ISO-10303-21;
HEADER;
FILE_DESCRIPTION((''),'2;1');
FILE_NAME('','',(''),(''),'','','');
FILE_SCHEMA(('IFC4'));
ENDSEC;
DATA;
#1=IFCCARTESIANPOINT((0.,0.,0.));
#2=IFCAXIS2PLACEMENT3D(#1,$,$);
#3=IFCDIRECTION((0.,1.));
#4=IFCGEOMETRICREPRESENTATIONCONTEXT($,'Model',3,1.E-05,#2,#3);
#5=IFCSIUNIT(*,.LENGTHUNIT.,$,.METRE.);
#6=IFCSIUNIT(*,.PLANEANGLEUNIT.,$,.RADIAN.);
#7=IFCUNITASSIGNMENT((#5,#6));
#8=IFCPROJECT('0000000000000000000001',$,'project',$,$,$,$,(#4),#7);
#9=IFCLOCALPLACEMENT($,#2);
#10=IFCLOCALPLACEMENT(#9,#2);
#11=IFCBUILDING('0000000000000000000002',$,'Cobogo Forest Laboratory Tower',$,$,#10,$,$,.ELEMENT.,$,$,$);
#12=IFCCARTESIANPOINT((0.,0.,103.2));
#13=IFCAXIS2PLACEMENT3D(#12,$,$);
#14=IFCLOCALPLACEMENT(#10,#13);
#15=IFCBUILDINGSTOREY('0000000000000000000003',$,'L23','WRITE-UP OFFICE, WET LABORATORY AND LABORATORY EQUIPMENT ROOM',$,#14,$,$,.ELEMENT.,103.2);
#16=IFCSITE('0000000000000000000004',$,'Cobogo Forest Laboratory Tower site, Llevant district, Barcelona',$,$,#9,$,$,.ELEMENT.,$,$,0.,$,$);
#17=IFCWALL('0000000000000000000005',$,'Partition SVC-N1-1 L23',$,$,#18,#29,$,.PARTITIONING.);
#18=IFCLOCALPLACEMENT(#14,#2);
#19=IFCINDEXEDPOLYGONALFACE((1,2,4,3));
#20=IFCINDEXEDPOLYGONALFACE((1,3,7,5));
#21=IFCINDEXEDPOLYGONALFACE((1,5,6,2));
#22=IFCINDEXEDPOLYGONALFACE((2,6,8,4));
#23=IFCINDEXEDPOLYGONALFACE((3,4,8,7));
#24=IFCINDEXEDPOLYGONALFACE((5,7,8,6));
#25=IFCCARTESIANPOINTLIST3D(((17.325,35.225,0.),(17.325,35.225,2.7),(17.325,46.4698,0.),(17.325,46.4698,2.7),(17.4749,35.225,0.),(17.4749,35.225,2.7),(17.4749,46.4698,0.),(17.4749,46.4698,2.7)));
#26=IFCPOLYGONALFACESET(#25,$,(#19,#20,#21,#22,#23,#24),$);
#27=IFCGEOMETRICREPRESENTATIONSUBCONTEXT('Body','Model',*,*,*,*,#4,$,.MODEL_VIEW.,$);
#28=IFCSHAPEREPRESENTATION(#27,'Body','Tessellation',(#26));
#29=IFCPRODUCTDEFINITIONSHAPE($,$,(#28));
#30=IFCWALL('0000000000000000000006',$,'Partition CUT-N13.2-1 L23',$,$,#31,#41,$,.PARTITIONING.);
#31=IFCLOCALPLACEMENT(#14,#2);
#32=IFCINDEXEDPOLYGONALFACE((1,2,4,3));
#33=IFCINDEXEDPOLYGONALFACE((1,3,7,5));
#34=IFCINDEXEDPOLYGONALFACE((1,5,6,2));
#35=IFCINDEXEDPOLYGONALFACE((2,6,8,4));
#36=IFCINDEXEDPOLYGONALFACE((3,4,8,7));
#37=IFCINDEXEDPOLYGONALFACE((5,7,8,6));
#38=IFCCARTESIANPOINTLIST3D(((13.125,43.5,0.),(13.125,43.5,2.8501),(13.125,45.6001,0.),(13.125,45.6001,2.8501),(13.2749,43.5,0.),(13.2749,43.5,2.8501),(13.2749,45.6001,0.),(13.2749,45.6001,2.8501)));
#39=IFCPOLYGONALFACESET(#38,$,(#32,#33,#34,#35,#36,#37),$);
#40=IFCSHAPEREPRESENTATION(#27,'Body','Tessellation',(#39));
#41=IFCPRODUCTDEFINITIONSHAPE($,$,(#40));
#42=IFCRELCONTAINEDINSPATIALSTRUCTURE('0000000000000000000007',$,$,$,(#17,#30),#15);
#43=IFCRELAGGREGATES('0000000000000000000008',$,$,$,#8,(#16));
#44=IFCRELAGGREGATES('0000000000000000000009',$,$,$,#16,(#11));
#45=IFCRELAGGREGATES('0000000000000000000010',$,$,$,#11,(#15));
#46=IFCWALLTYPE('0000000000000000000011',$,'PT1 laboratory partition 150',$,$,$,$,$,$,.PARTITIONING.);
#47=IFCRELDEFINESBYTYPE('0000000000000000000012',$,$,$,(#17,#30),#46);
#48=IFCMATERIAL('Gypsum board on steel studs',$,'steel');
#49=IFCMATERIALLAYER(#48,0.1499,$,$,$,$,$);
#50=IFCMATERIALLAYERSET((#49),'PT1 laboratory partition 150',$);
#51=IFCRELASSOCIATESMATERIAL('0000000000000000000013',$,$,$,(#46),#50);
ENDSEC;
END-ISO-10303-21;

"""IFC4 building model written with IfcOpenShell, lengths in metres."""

from ifc_helpers import new_model, si_unit, direction, frame, frame_2d, origin, place, context, subcontext, project, spatial, rectangle, extrude, material, layer, layer_set, type_object, element, save


model = new_model("IFC4")

# Units and contexts
model_context = context("Model", 3, precision=1e-05, world=origin(), true_north=direction((0.0, 1.0)))
body_context = subcontext(model_context, "Body", "Model", "MODEL_VIEW")
ifc_project = project(units=[si_unit("LENGTHUNIT", "METRE"), si_unit("PLANEANGLEUNIT", "RADIAN")], contexts=[model_context])

# Site, building, storey
site_placement = place(None, origin())
site = spatial("IfcSite", under=ifc_project, at=site_placement, Name="Cobogo Forest Laboratory Tower site, Llevant district, Barcelona", CompositionType="ELEMENT", RefElevation=0.0)
building_placement = place(site_placement, origin())
building = spatial("IfcBuilding", under=site, at=building_placement, Name="Cobogo Forest Laboratory Tower", CompositionType="ELEMENT")
storey_placement = place(building_placement, frame((0.0, 0.0, 103.2)))
storey = spatial("IfcBuildingStorey", under=building, at=storey_placement, Name="L23", Description="WRITE-UP OFFICE, WET LABORATORY AND LABORATORY EQUIPMENT ROOM", CompositionType="ELEMENT", Elevation=103.2)

# Walls
ifc_material_1 = material(Name="Gypsum board on steel studs", Category="steel")
ifc_layer_1 = layer(ifc_material_1, 0.1499)
ifc_layer_set_1 = layer_set([ifc_layer_1], Name="PT1 laboratory partition 150")
wall_type = type_object("IfcWallType", Name="PT1 laboratory partition 150", PredefinedType="PARTITIONING", material=ifc_layer_set_1)
wall_1_placement = place(storey_placement, frame((17.3999, 46.47, 0.0), z_axis=(0.0, 0.0, 1.0), x_axis=(0.0, -1.0, 0.0)))
element("IfcWall", 1, at=wall_1_placement, inside=storey, type_object=wall_type, Name="Partition SVC-N1-1 L23", PredefinedType="PARTITIONING", context=body_context, shape_type="SweptSolid", body=[
    extrude(rectangle(XDim=11.2449, YDim=0.1499, at=frame_2d((5.6226, 0.0))), origin(), (0.0, 0.0, 1.0), 2.7),
])
wall_2_placement = place(storey_placement, frame((13.2, 45.6001, 0.0), z_axis=(0.0, 0.0, 1.0), x_axis=(0.0, -1.0, 0.0)))
element("IfcWall", 2, at=wall_2_placement, inside=storey, type_object=wall_type, Name="Partition CUT-N13.2-1 L23", PredefinedType="PARTITIONING", context=body_context, shape_type="SweptSolid", body=[
    extrude(rectangle(XDim=2.1001, YDim=0.1499, at=frame_2d((1.05, 0.0))), origin(), (0.0, 0.0, 1.0), 2.8501),
])

save(model, "model.ifc")
